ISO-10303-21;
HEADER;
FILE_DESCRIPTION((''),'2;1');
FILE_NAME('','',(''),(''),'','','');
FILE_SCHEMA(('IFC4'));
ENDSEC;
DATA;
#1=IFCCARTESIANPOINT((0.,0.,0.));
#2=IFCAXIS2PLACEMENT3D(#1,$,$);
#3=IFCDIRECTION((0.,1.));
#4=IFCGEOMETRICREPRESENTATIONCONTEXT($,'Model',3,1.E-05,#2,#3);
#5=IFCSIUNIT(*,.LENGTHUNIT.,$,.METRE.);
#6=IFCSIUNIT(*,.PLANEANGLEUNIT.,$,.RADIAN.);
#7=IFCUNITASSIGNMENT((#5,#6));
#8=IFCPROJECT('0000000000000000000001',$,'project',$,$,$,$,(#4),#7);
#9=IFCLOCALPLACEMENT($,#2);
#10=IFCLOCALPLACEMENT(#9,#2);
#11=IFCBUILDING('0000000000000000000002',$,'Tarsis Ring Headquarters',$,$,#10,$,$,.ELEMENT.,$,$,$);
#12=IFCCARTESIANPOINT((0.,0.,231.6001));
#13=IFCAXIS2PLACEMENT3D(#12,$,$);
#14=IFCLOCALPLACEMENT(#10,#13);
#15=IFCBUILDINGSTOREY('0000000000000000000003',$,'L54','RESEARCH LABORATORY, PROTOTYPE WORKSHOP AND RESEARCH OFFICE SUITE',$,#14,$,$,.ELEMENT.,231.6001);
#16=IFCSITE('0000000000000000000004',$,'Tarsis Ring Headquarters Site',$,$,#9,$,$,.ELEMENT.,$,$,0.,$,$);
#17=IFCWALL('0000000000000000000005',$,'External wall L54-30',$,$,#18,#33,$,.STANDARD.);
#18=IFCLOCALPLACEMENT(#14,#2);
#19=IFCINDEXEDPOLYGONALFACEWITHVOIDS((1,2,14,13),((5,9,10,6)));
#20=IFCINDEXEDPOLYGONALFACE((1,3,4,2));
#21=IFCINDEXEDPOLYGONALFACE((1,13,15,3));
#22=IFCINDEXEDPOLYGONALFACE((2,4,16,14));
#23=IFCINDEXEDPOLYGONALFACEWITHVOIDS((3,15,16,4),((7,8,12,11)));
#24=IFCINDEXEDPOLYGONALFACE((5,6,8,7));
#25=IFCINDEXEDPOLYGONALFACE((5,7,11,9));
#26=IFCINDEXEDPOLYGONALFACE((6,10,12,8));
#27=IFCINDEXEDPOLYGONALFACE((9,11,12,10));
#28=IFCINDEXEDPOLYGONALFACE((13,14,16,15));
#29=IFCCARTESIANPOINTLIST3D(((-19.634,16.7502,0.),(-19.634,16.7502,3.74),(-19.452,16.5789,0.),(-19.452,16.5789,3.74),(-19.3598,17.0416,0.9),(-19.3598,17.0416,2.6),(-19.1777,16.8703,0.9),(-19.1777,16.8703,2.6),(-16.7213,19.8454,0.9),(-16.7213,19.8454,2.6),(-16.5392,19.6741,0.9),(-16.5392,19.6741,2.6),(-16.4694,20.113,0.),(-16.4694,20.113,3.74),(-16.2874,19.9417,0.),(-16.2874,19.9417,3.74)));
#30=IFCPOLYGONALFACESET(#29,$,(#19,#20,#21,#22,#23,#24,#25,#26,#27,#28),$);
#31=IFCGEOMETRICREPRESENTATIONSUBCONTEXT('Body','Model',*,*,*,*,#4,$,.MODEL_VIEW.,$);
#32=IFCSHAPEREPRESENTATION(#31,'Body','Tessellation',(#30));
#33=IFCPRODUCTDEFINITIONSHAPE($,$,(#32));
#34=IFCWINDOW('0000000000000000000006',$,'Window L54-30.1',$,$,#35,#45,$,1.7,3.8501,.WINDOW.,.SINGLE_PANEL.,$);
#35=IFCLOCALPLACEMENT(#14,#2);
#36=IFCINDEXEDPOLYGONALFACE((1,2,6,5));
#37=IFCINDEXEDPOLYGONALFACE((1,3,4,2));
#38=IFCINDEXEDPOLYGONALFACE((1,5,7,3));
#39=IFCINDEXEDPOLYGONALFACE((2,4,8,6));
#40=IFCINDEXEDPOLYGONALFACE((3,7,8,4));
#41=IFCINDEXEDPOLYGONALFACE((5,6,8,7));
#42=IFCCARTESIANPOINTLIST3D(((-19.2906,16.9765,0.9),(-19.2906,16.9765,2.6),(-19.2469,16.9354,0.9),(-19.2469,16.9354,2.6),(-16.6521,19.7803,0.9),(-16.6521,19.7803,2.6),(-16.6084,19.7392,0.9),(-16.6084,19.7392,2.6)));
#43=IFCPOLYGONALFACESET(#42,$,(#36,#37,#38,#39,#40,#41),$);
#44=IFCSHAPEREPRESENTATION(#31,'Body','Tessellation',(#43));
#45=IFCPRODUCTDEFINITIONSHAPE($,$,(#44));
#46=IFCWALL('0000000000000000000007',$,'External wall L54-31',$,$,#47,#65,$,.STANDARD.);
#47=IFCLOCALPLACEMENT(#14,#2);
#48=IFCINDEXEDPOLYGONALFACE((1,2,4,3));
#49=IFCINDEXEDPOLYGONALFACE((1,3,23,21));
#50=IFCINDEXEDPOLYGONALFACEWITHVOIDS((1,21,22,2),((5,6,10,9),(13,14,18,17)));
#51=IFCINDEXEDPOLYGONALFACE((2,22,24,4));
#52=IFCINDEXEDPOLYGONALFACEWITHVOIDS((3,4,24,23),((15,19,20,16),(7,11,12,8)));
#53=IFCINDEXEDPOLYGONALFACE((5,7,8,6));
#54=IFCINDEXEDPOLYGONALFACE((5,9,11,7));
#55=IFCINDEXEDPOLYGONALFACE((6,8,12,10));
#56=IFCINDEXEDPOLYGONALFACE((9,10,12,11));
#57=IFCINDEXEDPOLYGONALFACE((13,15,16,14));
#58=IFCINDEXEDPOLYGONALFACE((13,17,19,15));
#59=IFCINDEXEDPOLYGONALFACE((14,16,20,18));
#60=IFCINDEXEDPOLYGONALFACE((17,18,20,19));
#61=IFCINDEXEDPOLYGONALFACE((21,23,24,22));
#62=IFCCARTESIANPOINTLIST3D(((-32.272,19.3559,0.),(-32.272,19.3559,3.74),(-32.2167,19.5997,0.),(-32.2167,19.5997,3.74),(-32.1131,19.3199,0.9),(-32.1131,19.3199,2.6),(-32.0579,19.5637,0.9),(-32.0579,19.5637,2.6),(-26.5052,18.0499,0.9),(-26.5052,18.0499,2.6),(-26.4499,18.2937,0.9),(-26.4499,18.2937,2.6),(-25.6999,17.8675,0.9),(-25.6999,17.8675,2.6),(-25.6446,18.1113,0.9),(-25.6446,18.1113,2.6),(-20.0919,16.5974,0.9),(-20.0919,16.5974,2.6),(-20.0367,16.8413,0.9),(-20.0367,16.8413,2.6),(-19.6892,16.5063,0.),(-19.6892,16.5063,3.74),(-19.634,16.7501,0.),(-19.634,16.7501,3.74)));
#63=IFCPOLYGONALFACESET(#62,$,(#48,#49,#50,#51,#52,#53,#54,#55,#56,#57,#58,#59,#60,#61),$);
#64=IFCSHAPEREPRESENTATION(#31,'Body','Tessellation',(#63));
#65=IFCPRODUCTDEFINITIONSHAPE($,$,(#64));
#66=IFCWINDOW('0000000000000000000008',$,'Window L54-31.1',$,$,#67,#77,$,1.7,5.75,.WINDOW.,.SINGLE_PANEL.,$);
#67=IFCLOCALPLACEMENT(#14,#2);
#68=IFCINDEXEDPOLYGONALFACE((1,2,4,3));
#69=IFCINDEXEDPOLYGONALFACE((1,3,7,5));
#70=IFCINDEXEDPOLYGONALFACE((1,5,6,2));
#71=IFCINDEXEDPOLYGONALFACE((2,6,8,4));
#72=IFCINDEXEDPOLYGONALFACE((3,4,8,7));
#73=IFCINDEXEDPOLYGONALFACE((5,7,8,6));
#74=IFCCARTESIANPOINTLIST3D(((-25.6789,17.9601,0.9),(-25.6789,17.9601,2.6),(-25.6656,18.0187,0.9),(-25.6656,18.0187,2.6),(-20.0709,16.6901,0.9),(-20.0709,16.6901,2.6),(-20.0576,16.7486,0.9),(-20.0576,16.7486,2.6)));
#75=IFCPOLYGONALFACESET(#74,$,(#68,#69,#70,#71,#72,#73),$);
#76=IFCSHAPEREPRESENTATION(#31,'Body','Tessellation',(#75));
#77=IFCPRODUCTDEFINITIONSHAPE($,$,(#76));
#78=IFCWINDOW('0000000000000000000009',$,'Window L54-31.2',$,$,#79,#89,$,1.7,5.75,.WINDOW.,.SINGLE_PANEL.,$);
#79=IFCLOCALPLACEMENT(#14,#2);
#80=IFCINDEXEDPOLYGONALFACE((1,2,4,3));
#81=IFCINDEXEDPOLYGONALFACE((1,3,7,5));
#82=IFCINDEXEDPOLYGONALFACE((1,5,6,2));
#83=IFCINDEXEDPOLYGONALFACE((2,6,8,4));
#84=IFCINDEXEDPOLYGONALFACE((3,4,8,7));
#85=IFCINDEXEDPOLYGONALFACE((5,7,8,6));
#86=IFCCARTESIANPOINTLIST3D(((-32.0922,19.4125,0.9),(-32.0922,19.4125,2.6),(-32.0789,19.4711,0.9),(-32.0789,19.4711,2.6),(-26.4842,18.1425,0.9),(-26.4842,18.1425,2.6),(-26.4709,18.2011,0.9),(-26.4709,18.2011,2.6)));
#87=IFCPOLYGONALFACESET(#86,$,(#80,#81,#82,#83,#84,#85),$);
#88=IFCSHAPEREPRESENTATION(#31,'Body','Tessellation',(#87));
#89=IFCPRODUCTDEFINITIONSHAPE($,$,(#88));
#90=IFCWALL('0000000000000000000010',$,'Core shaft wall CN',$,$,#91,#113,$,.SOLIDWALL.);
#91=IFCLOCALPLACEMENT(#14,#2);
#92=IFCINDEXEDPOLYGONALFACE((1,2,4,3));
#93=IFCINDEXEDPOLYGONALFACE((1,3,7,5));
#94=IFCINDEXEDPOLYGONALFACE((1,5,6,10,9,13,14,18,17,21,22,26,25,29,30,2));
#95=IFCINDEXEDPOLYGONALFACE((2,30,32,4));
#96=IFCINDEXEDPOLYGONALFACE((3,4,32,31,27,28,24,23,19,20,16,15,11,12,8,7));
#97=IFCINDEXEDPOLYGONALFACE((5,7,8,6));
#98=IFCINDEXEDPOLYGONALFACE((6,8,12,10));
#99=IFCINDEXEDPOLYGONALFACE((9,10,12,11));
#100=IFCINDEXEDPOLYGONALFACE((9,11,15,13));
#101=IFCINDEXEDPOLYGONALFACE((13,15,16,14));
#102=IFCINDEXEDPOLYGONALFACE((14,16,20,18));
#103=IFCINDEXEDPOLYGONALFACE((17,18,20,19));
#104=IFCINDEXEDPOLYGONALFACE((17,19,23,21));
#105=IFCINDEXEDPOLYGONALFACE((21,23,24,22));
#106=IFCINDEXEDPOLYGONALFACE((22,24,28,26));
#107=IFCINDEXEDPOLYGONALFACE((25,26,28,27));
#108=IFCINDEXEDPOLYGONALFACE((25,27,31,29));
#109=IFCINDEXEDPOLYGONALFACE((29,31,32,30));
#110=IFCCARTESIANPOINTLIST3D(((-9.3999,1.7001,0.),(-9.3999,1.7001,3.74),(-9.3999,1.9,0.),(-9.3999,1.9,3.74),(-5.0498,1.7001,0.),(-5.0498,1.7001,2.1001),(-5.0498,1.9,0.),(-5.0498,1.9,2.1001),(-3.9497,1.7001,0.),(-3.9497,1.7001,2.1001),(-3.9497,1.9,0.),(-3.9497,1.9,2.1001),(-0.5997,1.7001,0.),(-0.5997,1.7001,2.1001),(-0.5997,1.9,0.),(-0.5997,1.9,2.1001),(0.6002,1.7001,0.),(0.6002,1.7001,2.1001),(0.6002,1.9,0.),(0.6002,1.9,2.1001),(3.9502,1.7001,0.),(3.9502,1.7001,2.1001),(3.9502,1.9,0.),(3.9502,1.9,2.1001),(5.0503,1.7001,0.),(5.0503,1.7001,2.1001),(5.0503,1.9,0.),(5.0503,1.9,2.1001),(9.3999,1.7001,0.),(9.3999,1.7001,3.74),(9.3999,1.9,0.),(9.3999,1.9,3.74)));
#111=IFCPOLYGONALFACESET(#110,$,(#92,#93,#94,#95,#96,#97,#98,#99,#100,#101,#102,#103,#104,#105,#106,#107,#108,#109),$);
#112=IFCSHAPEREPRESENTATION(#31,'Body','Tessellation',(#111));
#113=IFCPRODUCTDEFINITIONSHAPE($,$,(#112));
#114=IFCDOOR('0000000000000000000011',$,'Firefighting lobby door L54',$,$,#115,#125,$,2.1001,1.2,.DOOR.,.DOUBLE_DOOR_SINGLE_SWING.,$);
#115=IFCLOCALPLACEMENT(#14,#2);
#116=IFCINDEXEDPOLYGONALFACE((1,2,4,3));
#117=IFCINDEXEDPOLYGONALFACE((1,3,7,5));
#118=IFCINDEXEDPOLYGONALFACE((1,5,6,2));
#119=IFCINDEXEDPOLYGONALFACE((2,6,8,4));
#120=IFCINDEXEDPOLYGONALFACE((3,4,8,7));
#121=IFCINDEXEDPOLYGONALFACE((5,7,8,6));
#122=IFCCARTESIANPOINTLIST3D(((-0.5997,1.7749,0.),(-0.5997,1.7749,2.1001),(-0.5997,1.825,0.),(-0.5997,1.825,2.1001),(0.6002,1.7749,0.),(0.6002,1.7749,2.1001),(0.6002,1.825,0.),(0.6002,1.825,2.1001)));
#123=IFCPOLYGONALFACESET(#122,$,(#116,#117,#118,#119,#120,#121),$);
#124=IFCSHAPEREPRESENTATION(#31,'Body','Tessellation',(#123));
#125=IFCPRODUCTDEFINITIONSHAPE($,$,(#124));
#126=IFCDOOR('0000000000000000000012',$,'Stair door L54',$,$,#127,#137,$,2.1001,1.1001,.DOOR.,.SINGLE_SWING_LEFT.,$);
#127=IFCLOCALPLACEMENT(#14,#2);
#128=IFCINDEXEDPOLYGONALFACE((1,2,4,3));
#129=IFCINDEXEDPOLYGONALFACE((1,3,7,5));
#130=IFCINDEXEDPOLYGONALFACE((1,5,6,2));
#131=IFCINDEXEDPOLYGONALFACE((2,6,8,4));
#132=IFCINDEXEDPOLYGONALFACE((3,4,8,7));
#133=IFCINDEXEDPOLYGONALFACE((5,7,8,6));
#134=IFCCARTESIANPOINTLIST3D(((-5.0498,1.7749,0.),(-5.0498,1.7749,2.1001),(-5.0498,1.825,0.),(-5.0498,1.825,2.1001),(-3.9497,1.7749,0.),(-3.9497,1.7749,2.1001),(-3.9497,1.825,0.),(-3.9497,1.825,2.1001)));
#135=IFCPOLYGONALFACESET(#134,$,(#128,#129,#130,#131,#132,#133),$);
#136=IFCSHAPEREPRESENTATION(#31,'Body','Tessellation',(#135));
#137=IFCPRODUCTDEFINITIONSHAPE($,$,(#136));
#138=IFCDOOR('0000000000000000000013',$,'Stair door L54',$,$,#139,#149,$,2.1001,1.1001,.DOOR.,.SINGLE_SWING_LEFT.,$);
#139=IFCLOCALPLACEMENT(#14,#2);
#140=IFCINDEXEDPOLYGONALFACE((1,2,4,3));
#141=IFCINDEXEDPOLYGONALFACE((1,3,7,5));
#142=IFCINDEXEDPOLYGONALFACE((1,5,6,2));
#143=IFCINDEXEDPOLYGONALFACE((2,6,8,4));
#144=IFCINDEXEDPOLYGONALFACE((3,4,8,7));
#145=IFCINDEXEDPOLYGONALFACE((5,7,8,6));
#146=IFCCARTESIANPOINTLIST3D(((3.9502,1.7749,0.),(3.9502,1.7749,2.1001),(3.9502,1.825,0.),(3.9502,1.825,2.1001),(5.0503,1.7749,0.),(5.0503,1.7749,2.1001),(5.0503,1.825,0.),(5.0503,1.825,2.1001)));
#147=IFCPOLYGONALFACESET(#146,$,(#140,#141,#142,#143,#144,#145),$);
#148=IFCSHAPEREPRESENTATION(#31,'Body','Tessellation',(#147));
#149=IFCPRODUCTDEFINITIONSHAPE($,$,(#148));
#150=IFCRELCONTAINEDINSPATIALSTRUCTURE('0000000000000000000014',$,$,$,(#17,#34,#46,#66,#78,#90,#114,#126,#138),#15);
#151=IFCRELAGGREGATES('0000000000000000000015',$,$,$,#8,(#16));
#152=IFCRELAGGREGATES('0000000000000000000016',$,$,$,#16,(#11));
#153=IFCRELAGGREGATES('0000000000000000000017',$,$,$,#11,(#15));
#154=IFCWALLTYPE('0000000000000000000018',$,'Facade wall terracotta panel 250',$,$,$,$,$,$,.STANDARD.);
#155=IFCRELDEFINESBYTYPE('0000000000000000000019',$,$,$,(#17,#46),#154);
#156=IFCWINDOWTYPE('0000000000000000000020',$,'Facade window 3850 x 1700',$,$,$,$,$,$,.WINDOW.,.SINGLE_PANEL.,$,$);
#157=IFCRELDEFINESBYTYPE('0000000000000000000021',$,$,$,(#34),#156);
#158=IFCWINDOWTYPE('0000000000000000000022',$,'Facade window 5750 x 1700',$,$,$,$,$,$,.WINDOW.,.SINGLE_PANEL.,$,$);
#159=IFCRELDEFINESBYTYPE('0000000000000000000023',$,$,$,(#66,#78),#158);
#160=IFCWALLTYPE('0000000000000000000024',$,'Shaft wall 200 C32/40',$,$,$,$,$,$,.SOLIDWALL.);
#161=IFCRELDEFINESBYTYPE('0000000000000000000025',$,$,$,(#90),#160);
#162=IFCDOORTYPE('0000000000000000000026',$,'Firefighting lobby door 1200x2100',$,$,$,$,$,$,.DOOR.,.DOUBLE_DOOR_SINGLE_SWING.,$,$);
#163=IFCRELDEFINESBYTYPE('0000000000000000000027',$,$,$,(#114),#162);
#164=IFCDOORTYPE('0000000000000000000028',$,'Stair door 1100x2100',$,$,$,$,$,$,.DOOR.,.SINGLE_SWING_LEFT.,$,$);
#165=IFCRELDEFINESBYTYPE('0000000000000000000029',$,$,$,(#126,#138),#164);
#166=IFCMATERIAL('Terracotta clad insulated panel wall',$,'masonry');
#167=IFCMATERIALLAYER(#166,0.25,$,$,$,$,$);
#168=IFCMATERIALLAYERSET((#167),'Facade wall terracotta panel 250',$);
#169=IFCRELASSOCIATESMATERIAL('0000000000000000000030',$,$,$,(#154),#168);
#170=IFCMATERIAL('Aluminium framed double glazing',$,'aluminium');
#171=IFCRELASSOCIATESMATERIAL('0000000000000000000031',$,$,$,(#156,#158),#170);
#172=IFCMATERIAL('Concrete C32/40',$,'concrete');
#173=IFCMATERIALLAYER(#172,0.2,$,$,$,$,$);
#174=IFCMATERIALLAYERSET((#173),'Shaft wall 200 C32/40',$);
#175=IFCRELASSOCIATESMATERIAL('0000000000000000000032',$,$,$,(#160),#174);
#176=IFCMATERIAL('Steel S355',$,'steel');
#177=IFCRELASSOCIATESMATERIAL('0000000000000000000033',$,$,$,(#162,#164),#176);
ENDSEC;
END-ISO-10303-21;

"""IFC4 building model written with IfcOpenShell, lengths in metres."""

from ifc_helpers import new_model, si_unit, direction, frame, frame_2d, origin, place, context, subcontext, project, spatial, rectangle, extrude, material, layer, layer_set, type_object, element, fill, save


model = new_model("IFC4")

# Units and contexts
model_context = context("Model", 3, precision=1e-05, world=origin(), true_north=direction((0.0, 1.0)))
body_context = subcontext(model_context, "Body", "Model", "MODEL_VIEW")
ifc_project = project(units=[si_unit("LENGTHUNIT", "METRE"), si_unit("PLANEANGLEUNIT", "RADIAN")], contexts=[model_context])

# Site, building, storey
site_placement = place(None, origin())
site = spatial("IfcSite", under=ifc_project, at=site_placement, Name="Tarsis Ring Headquarters Site", CompositionType="ELEMENT", RefElevation=0.0)
building_placement = place(site_placement, origin())
building = spatial("IfcBuilding", under=site, at=building_placement, Name="Tarsis Ring Headquarters", CompositionType="ELEMENT")
storey_placement = place(building_placement, frame((0.0, 0.0, 231.6001)))
storey = spatial("IfcBuildingStorey", under=building, at=storey_placement, Name="L54", Description="RESEARCH LABORATORY, PROTOTYPE WORKSHOP AND RESEARCH OFFICE SUITE", CompositionType="ELEMENT", Elevation=231.6001)

# Shared definitions
ifc_material_1 = material(Name="Steel S355", Category="steel")

# Wall, opening, window
ifc_material_2 = material(Name="Terracotta clad insulated panel wall", Category="masonry")
ifc_layer_1 = layer(ifc_material_2, 0.25)
ifc_layer_set_1 = layer_set([ifc_layer_1], Name="Facade wall terracotta panel 250")
wall_type_1 = type_object("IfcWallType", Name="Facade wall terracotta panel 250", PredefinedType="STANDARD", material=ifc_layer_set_1)
wall_1_placement = place(storey_placement, frame((-16.3784, 20.0273, 0.0), z_axis=(0.0, 0.0, 1.0), x_axis=(-0.685315, -0.728247, 0.0)))
wall_1 = element("IfcWall", 1, at=wall_1_placement, inside=storey, type_object=wall_type_1, Name="External wall L54-30", PredefinedType="STANDARD", context=body_context, shape_type="SweptSolid", body=[
    extrude(rectangle(XDim=4.6177, YDim=0.25, at=frame_2d((2.3088, 0.0))), origin(), (0.0, 0.0, 1.0), 3.74),
])
opening_1_placement = place(wall_1_placement, frame((0.3674, 0.0, 0.8999)))
opening_1 = element("IfcOpeningElement", 2, at=opening_1_placement, cuts=wall_1, PredefinedType="OPENING", context=body_context, shape_type="SweptSolid", body=[
    extrude(rectangle(XDim=3.8501, YDim=1.7, at=frame_2d((1.925, 0.8501))), frame((0.0, 0.135, 0.0), z_axis=(0.0, -1.0, 0.0), x_axis=(1.0, 0.0, 0.0)), (0.0, 0.0, 1.0), 0.27),
])
ifc_material_3 = material(Name="Aluminium framed double glazing", Category="aluminium")
window_type_1 = type_object("IfcWindowType", Name="Facade window 3850 x 1700", PartitioningType="SINGLE_PANEL", PredefinedType="WINDOW", material=ifc_material_3)
window_1_placement = place(opening_1_placement, origin())
window_1 = element("IfcWindow", 3, at=window_1_placement, inside=storey, type_object=window_type_1, Name="Window L54-30.1", OverallHeight=1.7, OverallWidth=3.8501, PartitioningType="SINGLE_PANEL", PredefinedType="WINDOW", context=body_context, shape_type="SweptSolid", body=[
    extrude(rectangle(XDim=3.8501, YDim=1.7, at=frame_2d((1.925, 0.8501))), frame((0.0, 0.03, 0.0), z_axis=(0.0, -1.0, 0.0), x_axis=(1.0, 0.0, 0.0)), (0.0, 0.0, 1.0), 0.0601),
])
fill(opening_1, window_1)

# Wall, openings, windows
wall_2_placement = place(storey_placement, frame((-19.6616, 16.6282, 0.0), z_axis=(0.0, 0.0, 1.0), x_axis=(-0.975302, 0.220876, 0.0)))
wall_2 = element("IfcWall", 4, at=wall_2_placement, inside=storey, type_object=wall_type_1, Name="External wall L54-31", PredefinedType="STANDARD", context=body_context, shape_type="SweptSolid", body=[
    extrude(rectangle(XDim=12.9014, YDim=0.25, at=frame_2d((6.4507, 0.0))), origin(), (0.0, 0.0, 1.0), 3.74),
])
opening_2_placement = place(wall_2_placement, frame((0.4128, 0.0, 0.8999)))
opening_2 = element("IfcOpeningElement", 5, at=opening_2_placement, cuts=wall_2, PredefinedType="OPENING", context=body_context, shape_type="SweptSolid", body=[
    extrude(rectangle(XDim=5.75, YDim=1.7, at=frame_2d((2.875, 0.8501))), frame((0.0, 0.135, 0.0), z_axis=(0.0, -1.0, 0.0), x_axis=(1.0, 0.0, 0.0)), (0.0, 0.0, 1.0), 0.27),
])
opening_3_placement = place(wall_2_placement, frame((6.9885, 0.0, 0.8999)))
opening_3 = element("IfcOpeningElement", 6, at=opening_3_placement, cuts=wall_2, PredefinedType="OPENING", context=body_context, shape_type="SweptSolid", body=[
    extrude(rectangle(XDim=5.75, YDim=1.7, at=frame_2d((2.875, 0.8501))), frame((0.0, 0.135, 0.0), z_axis=(0.0, -1.0, 0.0), x_axis=(1.0, 0.0, 0.0)), (0.0, 0.0, 1.0), 0.27),
])
window_type_2 = type_object("IfcWindowType", Name="Facade window 5750 x 1700", PartitioningType="SINGLE_PANEL", PredefinedType="WINDOW", material=ifc_material_3)
window_2_placement = place(opening_2_placement, origin())
window_2 = element("IfcWindow", 7, at=window_2_placement, inside=storey, type_object=window_type_2, Name="Window L54-31.1", OverallHeight=1.7, OverallWidth=5.75, PartitioningType="SINGLE_PANEL", PredefinedType="WINDOW", context=body_context, shape_type="SweptSolid", body=[
    extrude(rectangle(XDim=5.75, YDim=1.7, at=frame_2d((2.875, 0.8501))), frame((0.0, 0.03, 0.0), z_axis=(0.0, -1.0, 0.0), x_axis=(1.0, 0.0, 0.0)), (0.0, 0.0, 1.0), 0.0601),
])
fill(opening_2, window_2)
window_3_placement = place(opening_3_placement, origin())
window_3 = element("IfcWindow", 8, at=window_3_placement, inside=storey, type_object=window_type_2, Name="Window L54-31.2", OverallHeight=1.7, OverallWidth=5.75, PartitioningType="SINGLE_PANEL", PredefinedType="WINDOW", context=body_context, shape_type="SweptSolid", body=[
    extrude(rectangle(XDim=5.75, YDim=1.7, at=frame_2d((2.875, 0.8501))), frame((0.0, 0.03, 0.0), z_axis=(0.0, -1.0, 0.0), x_axis=(1.0, 0.0, 0.0)), (0.0, 0.0, 1.0), 0.0601),
])
fill(opening_3, window_3)

# Wall, openings, doors
ifc_material_4 = material(Name="Concrete C32/40", Category="concrete")
ifc_layer_2 = layer(ifc_material_4, 0.2)
ifc_layer_set_2 = layer_set([ifc_layer_2], Name="Shaft wall 200 C32/40")
wall_type_2 = type_object("IfcWallType", Name="Shaft wall 200 C32/40", PredefinedType="SOLIDWALL", material=ifc_layer_set_2)
wall_3_placement = place(storey_placement, frame((-9.3999, 1.8, 0.0), z_axis=(0.0, 0.0, 1.0), x_axis=(1.0, 0.0, 0.0)))
wall_3 = element("IfcWall", 9, at=wall_3_placement, inside=storey, type_object=wall_type_2, Name="Core shaft wall CN", PredefinedType="SOLIDWALL", context=body_context, shape_type="SweptSolid", body=[
    extrude(rectangle(XDim=18.7998, YDim=0.2, at=frame_2d((9.3999, 0.0))), origin(), (0.0, 0.0, 1.0), 3.74),
])
opening_4_placement = place(wall_3_placement, frame((4.3501, 0.0, 0.0)))
opening_4 = element("IfcOpeningElement", 10, at=opening_4_placement, cuts=wall_3, PredefinedType="OPENING", context=body_context, shape_type="SweptSolid", body=[
    extrude(rectangle(XDim=1.1001, YDim=2.1001, at=frame_2d((0.55, 1.05))), frame((0.0, 0.1099, 0.0), z_axis=(0.0, -1.0, 0.0), x_axis=(1.0, 0.0, 0.0)), (0.0, 0.0, 1.0), 0.22),
])
opening_5_placement = place(wall_3_placement, frame((8.8, 0.0, 0.0)))
opening_5 = element("IfcOpeningElement", 11, at=opening_5_placement, cuts=wall_3, PredefinedType="OPENING", context=body_context, shape_type="SweptSolid", body=[
    extrude(rectangle(XDim=1.2, YDim=2.1001, at=frame_2d((0.6001, 1.05))), frame((0.0, 0.1099, 0.0), z_axis=(0.0, -1.0, 0.0), x_axis=(1.0, 0.0, 0.0)), (0.0, 0.0, 1.0), 0.22),
])
opening_6_placement = place(wall_3_placement, frame((13.3501, 0.0, 0.0)))
opening_6 = element("IfcOpeningElement", 12, at=opening_6_placement, cuts=wall_3, PredefinedType="OPENING", context=body_context, shape_type="SweptSolid", body=[
    extrude(rectangle(XDim=1.1001, YDim=2.1001, at=frame_2d((0.55, 1.05))), frame((0.0, 0.1099, 0.0), z_axis=(0.0, -1.0, 0.0), x_axis=(1.0, 0.0, 0.0)), (0.0, 0.0, 1.0), 0.22),
])
door_type_1 = type_object("IfcDoorType", Name="Firefighting lobby door 1200x2100", OperationType="DOUBLE_DOOR_SINGLE_SWING", PredefinedType="DOOR", material=ifc_material_1)
door_1_placement = place(opening_5_placement, origin())
door_1 = element("IfcDoor", 13, at=door_1_placement, inside=storey, type_object=door_type_1, Name="Firefighting lobby door L54", OperationType="DOUBLE_DOOR_SINGLE_SWING", OverallHeight=2.1001, OverallWidth=1.2, PredefinedType="DOOR", context=body_context, shape_type="SweptSolid", body=[
    extrude(rectangle(XDim=1.2, YDim=2.1001, at=frame_2d((0.6001, 1.05))), frame((0.0, 0.0249, 0.0), z_axis=(0.0, -1.0, 0.0), x_axis=(1.0, 0.0, 0.0)), (0.0, 0.0, 1.0), 0.05),
])
fill(opening_5, door_1)
door_type_2 = type_object("IfcDoorType", Name="Stair door 1100x2100", OperationType="SINGLE_SWING_LEFT", PredefinedType="DOOR", material=ifc_material_1)
door_2_placement = place(opening_4_placement, origin())
door_2 = element("IfcDoor", 14, at=door_2_placement, inside=storey, type_object=door_type_2, Name="Stair door L54", OperationType="SINGLE_SWING_LEFT", OverallHeight=2.1001, OverallWidth=1.1001, PredefinedType="DOOR", context=body_context, shape_type="SweptSolid", body=[
    extrude(rectangle(XDim=1.1001, YDim=2.1001, at=frame_2d((0.55, 1.05))), frame((0.0, 0.0249, 0.0), z_axis=(0.0, -1.0, 0.0), x_axis=(1.0, 0.0, 0.0)), (0.0, 0.0, 1.0), 0.05),
])
fill(opening_4, door_2)
door_3_placement = place(opening_6_placement, origin())
door_3 = element("IfcDoor", 15, at=door_3_placement, inside=storey, type_object=door_type_2, Name="Stair door L54", OperationType="SINGLE_SWING_LEFT", OverallHeight=2.1001, OverallWidth=1.1001, PredefinedType="DOOR", context=body_context, shape_type="SweptSolid", body=[
    extrude(rectangle(XDim=1.1001, YDim=2.1001, at=frame_2d((0.55, 1.05))), frame((0.0, 0.0249, 0.0), z_axis=(0.0, -1.0, 0.0), x_axis=(1.0, 0.0, 0.0)), (0.0, 0.0, 1.0), 0.05),
])
fill(opening_6, door_3)

save(model, "model.ifc")
